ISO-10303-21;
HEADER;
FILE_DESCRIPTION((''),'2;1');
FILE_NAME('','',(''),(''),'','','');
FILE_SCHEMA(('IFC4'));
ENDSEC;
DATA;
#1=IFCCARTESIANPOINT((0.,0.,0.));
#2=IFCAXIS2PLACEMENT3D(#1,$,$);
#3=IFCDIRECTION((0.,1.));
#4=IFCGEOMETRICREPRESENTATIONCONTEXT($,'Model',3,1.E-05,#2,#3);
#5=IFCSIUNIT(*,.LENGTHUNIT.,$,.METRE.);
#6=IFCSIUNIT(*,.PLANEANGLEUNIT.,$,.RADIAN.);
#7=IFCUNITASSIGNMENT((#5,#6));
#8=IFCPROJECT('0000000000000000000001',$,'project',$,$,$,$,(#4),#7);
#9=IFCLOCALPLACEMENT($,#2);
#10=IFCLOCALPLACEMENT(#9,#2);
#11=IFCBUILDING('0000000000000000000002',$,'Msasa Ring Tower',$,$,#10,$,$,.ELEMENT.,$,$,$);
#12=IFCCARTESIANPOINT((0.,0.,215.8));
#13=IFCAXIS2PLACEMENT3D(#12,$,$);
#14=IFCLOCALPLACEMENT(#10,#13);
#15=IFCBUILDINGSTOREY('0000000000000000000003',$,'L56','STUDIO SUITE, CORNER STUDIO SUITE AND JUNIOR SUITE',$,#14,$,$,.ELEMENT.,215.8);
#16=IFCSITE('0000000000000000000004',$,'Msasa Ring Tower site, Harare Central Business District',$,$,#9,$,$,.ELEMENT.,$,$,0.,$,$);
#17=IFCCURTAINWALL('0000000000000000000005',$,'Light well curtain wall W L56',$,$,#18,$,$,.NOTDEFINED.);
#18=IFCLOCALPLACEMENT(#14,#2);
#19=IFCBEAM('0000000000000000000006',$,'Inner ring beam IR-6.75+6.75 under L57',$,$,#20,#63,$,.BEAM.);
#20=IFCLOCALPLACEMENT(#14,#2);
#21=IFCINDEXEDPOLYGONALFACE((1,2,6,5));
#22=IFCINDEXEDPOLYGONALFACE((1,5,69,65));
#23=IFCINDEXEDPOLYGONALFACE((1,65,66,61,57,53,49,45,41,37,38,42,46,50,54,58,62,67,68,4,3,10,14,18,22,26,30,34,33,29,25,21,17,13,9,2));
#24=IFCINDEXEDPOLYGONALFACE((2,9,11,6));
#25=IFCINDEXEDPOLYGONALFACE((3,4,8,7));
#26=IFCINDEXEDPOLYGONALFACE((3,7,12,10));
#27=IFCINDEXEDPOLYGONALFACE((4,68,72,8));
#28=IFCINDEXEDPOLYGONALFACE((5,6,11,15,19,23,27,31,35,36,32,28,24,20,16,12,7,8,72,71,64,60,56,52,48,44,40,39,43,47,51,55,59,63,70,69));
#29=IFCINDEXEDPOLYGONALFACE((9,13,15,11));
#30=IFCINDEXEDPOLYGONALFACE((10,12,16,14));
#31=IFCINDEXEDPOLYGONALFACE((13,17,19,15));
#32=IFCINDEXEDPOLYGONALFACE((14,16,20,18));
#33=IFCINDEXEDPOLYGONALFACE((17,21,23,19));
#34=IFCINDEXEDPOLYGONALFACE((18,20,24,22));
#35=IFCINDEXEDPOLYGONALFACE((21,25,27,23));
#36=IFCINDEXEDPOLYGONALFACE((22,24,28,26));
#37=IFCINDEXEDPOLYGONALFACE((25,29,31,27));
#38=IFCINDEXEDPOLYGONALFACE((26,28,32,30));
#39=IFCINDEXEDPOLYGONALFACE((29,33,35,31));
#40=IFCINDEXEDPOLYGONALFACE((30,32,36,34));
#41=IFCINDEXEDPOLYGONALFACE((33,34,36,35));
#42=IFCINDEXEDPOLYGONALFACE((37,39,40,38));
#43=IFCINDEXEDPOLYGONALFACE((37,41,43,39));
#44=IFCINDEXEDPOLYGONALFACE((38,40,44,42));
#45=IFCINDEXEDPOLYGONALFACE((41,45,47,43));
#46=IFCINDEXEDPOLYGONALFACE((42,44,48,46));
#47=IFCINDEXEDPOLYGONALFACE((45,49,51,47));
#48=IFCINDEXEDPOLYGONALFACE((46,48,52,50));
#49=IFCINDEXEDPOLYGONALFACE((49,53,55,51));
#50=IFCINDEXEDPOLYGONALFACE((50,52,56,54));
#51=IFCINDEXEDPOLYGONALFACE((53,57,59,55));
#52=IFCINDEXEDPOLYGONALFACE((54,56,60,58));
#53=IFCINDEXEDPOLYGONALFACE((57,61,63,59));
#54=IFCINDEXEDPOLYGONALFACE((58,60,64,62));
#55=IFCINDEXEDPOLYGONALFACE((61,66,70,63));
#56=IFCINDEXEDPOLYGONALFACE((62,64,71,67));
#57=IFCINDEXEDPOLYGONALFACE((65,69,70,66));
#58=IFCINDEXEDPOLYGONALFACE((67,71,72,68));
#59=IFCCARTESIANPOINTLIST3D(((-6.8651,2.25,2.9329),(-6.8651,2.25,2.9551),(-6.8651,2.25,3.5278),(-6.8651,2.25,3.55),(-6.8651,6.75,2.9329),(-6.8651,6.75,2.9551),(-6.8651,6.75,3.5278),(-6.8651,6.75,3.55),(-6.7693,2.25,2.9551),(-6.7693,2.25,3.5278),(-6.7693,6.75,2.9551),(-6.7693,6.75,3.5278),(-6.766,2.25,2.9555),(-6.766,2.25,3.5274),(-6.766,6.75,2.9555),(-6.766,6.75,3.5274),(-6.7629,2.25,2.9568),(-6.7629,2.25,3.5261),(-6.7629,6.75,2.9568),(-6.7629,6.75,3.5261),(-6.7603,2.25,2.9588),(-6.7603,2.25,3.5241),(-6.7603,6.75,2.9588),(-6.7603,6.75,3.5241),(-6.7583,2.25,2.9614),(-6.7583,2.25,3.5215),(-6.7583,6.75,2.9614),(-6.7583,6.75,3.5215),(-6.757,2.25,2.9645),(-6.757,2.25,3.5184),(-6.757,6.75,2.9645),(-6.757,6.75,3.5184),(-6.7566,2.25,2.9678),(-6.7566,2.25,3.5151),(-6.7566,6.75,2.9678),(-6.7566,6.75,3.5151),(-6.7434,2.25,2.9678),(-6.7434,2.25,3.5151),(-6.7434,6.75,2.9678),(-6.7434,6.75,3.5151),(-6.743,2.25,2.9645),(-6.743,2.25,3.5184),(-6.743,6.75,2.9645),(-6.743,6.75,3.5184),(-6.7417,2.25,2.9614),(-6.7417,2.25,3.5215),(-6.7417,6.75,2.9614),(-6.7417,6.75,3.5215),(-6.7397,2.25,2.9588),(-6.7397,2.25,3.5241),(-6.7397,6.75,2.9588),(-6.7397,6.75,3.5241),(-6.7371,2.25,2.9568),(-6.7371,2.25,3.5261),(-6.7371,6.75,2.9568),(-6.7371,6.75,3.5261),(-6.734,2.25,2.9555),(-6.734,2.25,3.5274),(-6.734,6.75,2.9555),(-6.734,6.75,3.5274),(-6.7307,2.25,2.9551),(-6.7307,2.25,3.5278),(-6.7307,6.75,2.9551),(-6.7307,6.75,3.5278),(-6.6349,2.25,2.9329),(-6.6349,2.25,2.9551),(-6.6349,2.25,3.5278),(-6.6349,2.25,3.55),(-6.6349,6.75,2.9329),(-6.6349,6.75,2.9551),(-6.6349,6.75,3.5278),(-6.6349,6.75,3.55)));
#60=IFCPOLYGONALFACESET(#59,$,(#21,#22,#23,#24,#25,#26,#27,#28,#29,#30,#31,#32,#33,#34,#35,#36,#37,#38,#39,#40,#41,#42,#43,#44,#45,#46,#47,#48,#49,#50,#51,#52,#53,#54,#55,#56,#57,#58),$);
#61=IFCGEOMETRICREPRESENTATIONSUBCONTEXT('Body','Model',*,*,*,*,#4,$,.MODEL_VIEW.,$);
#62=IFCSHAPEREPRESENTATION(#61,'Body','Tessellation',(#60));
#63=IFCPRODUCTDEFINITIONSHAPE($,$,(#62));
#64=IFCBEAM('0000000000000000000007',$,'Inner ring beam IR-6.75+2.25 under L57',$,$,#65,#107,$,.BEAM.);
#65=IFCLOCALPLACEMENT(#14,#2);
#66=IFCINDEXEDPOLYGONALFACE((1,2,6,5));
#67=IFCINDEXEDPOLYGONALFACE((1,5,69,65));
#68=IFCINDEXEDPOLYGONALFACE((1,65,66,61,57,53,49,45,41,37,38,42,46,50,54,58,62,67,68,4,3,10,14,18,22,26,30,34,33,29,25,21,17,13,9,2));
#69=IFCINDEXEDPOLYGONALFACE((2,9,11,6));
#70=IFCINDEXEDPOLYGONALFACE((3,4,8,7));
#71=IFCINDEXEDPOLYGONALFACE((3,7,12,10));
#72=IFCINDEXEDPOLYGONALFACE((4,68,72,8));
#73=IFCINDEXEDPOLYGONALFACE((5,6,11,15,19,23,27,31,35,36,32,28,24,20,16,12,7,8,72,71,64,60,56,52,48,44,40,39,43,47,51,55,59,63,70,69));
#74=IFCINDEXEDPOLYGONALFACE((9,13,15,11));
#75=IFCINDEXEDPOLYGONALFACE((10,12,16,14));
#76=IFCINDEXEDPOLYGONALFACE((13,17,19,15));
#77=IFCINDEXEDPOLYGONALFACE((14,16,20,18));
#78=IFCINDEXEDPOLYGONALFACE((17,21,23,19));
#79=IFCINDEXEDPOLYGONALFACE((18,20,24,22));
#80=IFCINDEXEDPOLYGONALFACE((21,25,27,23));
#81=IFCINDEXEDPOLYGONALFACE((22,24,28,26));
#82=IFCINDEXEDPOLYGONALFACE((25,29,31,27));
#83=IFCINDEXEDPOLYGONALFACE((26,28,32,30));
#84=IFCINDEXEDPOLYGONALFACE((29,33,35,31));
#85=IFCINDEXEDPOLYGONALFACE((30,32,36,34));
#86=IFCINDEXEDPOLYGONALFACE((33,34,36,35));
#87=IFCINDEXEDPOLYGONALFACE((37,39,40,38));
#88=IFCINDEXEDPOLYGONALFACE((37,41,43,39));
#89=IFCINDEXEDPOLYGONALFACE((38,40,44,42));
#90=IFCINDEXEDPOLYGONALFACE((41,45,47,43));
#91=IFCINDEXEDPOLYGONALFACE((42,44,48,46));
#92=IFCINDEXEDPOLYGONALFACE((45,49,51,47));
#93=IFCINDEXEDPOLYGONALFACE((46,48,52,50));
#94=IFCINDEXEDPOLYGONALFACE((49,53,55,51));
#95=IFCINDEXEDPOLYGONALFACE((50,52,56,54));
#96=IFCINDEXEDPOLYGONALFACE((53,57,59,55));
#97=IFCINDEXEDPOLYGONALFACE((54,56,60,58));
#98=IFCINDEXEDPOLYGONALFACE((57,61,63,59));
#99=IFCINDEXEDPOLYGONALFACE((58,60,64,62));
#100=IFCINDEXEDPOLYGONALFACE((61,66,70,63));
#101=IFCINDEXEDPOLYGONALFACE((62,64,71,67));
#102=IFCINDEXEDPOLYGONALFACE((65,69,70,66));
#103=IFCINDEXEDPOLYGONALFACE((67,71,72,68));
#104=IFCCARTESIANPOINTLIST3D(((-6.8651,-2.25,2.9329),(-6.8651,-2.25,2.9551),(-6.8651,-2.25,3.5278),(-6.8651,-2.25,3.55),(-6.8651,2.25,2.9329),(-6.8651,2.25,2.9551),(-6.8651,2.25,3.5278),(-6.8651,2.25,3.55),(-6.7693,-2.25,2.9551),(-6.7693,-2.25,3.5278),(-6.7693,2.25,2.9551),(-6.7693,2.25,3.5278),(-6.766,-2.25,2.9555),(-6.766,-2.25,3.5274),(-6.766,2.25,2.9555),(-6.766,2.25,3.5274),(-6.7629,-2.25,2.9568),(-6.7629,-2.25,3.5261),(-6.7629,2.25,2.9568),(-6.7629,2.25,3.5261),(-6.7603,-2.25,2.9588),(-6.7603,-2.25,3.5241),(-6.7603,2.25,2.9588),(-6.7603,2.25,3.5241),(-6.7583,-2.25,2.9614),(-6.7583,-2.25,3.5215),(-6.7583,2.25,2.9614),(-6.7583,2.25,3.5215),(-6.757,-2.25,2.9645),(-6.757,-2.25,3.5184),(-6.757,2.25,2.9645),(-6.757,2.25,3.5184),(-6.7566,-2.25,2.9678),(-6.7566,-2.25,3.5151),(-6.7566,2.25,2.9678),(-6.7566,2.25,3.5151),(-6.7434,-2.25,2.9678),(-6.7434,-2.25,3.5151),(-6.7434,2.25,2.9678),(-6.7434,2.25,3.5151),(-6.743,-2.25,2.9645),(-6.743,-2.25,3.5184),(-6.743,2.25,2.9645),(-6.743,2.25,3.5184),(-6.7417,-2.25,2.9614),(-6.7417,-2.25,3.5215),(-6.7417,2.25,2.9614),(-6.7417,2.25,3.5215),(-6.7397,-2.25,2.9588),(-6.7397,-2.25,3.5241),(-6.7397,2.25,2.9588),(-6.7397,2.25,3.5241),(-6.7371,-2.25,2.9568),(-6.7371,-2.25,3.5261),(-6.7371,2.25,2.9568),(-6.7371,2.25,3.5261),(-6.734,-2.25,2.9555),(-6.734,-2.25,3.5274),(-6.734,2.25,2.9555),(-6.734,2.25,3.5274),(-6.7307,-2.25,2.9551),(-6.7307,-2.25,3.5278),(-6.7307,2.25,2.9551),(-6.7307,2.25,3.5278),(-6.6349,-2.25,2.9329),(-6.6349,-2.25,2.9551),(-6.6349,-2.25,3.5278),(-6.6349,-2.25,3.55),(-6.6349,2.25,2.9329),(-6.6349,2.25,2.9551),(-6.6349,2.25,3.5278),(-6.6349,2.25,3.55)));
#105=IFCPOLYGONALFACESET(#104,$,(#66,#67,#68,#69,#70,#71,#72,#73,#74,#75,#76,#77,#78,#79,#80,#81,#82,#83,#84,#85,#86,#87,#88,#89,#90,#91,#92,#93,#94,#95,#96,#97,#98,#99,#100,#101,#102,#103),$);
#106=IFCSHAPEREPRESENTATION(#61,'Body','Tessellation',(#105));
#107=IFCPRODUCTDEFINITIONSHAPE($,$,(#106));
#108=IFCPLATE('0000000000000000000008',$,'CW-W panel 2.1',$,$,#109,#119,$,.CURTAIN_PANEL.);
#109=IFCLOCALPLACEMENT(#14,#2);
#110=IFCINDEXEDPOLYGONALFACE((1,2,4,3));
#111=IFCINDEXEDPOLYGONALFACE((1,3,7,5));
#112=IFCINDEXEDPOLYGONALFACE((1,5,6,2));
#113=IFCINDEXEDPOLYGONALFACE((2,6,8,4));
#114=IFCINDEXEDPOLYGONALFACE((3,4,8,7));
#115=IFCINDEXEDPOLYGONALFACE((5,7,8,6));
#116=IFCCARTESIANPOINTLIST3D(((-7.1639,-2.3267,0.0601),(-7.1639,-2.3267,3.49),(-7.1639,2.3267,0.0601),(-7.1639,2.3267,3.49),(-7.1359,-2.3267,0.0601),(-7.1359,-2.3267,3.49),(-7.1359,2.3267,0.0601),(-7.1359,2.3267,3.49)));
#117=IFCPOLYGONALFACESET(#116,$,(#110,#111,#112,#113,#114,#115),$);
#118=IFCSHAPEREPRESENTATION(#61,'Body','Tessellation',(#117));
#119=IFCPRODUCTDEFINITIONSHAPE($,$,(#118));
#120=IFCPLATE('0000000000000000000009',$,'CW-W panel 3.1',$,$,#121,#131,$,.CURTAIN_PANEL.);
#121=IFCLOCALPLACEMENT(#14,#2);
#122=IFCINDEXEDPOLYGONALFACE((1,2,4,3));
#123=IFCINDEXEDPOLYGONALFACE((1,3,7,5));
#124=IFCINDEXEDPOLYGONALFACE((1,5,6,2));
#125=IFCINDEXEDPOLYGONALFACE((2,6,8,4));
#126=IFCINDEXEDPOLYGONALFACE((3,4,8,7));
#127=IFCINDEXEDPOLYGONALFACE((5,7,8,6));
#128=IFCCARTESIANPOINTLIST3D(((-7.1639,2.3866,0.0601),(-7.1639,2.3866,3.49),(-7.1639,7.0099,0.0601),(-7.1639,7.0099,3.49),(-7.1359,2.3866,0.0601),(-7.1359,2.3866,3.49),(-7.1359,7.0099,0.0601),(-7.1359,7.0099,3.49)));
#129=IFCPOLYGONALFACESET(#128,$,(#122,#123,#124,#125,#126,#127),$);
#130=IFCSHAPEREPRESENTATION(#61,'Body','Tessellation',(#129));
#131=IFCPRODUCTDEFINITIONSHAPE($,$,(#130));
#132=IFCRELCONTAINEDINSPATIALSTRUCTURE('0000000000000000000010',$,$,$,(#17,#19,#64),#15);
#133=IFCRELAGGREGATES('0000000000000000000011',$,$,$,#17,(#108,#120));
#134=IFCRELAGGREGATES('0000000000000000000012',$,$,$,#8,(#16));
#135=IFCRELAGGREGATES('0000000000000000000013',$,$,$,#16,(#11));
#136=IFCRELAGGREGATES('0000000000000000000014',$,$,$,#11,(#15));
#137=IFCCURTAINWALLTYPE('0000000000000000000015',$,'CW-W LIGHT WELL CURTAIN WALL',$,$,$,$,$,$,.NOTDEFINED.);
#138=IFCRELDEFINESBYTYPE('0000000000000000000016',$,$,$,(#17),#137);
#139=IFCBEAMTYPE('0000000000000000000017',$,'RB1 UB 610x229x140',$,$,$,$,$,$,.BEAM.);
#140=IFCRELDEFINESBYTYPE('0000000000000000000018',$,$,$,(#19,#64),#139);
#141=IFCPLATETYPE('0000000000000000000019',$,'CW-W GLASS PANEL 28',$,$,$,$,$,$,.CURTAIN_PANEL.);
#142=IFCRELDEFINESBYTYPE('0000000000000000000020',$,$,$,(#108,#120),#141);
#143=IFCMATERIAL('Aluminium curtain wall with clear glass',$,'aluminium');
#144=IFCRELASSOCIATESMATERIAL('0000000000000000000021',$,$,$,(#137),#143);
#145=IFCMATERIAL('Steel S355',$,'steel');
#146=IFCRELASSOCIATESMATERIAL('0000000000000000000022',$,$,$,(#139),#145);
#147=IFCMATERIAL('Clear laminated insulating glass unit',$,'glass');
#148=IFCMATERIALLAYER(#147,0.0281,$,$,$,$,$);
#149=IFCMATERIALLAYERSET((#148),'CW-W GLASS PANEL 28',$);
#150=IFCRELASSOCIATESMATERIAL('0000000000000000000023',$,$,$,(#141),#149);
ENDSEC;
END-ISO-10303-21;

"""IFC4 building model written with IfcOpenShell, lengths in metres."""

from ifc_helpers import new_model, si_unit, direction, frame, origin, origin_2d, place, context, subcontext, project, spatial, rectangle, i_section, extrude, material, layer, layer_set, material_profile, profile_set, type_object, element, aggregate, save


model = new_model("IFC4")

# Units and contexts
model_context = context("Model", 3, precision=1e-05, world=origin(), true_north=direction((0.0, 1.0)))
body_context = subcontext(model_context, "Body", "Model", "MODEL_VIEW")
ifc_project = project(units=[si_unit("LENGTHUNIT", "METRE"), si_unit("PLANEANGLEUNIT", "RADIAN")], contexts=[model_context])

# Site, building, storey
site_placement = place(None, origin())
site = spatial("IfcSite", under=ifc_project, at=site_placement, Name="Msasa Ring Tower site, Harare Central Business District", CompositionType="ELEMENT", RefElevation=0.0)
building_placement = place(site_placement, origin())
building = spatial("IfcBuilding", under=site, at=building_placement, Name="Msasa Ring Tower", CompositionType="ELEMENT")
storey_placement = place(building_placement, frame((0.0, 0.0, 215.8)))
storey = spatial("IfcBuildingStorey", under=building, at=storey_placement, Name="L56", Description="STUDIO SUITE, CORNER STUDIO SUITE AND JUNIOR SUITE", CompositionType="ELEMENT", Elevation=215.8)

# Curtain wall
ifc_material_1 = material(Name="Aluminium curtain wall with clear glass", Category="aluminium")
curtain_wall_type = type_object("IfcCurtainWallType", Name="CW-W LIGHT WELL CURTAIN WALL", PredefinedType="NOTDEFINED", material=ifc_material_1)
curtain_wall_placement = place(storey_placement, origin())
curtain_wall = element("IfcCurtainWall", 1, at=curtain_wall_placement, inside=storey, type_object=curtain_wall_type, Name="Light well curtain wall W L56", PredefinedType="NOTDEFINED")

# Beams
ifc_material_2 = material(Name="Steel S355", Category="steel")
ifc_material_profile_1 = material_profile(ifc_material_2, i_section(OverallWidth=0.2302, OverallDepth=0.6172, WebThickness=0.0132, FlangeThickness=0.0222, FilletRadius=0.0127, at=origin_2d()), Name="UB 610x229x140")
ifc_profile_set_1 = profile_set([ifc_material_profile_1], Name="Steel S355")
beam_type = type_object("IfcBeamType", Name="RB1 UB 610x229x140", PredefinedType="BEAM", material=ifc_profile_set_1)
for number, where, z_axis, x_axis, name in (
    (2, (-6.75, 6.75, 3.2415), (0.0, -1.0, 0.0), (1.0, 0.0, 0.0), "Inner ring beam IR-6.75+6.75 under L57"),
    (3, (-6.75, 2.25, 3.2415), (0.0, -1.0, 0.0), (1.0, 0.0, 0.0), "Inner ring beam IR-6.75+2.25 under L57"),
):
    element("IfcBeam", number, at=place(storey_placement, frame(where, z_axis=z_axis, x_axis=x_axis)), inside=storey, type_object=beam_type, Name=name, PredefinedType="BEAM", context=body_context, shape_type="SweptSolid", body=[
        extrude(i_section(OverallWidth=0.2302, OverallDepth=0.6172, WebThickness=0.0132, FlangeThickness=0.0222, FilletRadius=0.0127, at=origin_2d()), origin(), (0.0, 0.0, 1.0), 4.5),
    ])

# Plates
ifc_material_3 = material(Name="Clear laminated insulating glass unit", Category="glass")
ifc_layer_1 = layer(ifc_material_3, 0.0281)
ifc_layer_set_1 = layer_set([ifc_layer_1], Name="CW-W GLASS PANEL 28")
plate_type = type_object("IfcPlateType", Name="CW-W GLASS PANEL 28", PredefinedType="CURTAIN_PANEL", material=ifc_layer_set_1)
plate_1_placement = place(storey_placement, frame((-7.1499, 0.0, 0.0601), z_axis=(0.0, 0.0, 1.0), x_axis=(0.0, 1.0, 0.0)))
plate_1 = element("IfcPlate", 4, at=plate_1_placement, type_object=plate_type, Name="CW-W panel 2.1", PredefinedType="CURTAIN_PANEL", context=body_context, shape_type="SweptSolid", body=[
    extrude(rectangle(XDim=4.6533, YDim=0.0281, at=origin_2d()), origin(), (0.0, 0.0, 1.0), 3.4299),
])
plate_2_placement = place(storey_placement, frame((-7.1499, 4.6982, 0.0601), z_axis=(0.0, 0.0, 1.0), x_axis=(0.0, 1.0, 0.0)))
plate_2 = element("IfcPlate", 5, at=plate_2_placement, type_object=plate_type, Name="CW-W panel 3.1", PredefinedType="CURTAIN_PANEL", context=body_context, shape_type="SweptSolid", body=[
    extrude(rectangle(XDim=4.6233, YDim=0.0281, at=origin_2d()), origin(), (0.0, 0.0, 1.0), 3.4299),
])
aggregate(curtain_wall, [plate_1, plate_2])

save(model, "model.ifc")
